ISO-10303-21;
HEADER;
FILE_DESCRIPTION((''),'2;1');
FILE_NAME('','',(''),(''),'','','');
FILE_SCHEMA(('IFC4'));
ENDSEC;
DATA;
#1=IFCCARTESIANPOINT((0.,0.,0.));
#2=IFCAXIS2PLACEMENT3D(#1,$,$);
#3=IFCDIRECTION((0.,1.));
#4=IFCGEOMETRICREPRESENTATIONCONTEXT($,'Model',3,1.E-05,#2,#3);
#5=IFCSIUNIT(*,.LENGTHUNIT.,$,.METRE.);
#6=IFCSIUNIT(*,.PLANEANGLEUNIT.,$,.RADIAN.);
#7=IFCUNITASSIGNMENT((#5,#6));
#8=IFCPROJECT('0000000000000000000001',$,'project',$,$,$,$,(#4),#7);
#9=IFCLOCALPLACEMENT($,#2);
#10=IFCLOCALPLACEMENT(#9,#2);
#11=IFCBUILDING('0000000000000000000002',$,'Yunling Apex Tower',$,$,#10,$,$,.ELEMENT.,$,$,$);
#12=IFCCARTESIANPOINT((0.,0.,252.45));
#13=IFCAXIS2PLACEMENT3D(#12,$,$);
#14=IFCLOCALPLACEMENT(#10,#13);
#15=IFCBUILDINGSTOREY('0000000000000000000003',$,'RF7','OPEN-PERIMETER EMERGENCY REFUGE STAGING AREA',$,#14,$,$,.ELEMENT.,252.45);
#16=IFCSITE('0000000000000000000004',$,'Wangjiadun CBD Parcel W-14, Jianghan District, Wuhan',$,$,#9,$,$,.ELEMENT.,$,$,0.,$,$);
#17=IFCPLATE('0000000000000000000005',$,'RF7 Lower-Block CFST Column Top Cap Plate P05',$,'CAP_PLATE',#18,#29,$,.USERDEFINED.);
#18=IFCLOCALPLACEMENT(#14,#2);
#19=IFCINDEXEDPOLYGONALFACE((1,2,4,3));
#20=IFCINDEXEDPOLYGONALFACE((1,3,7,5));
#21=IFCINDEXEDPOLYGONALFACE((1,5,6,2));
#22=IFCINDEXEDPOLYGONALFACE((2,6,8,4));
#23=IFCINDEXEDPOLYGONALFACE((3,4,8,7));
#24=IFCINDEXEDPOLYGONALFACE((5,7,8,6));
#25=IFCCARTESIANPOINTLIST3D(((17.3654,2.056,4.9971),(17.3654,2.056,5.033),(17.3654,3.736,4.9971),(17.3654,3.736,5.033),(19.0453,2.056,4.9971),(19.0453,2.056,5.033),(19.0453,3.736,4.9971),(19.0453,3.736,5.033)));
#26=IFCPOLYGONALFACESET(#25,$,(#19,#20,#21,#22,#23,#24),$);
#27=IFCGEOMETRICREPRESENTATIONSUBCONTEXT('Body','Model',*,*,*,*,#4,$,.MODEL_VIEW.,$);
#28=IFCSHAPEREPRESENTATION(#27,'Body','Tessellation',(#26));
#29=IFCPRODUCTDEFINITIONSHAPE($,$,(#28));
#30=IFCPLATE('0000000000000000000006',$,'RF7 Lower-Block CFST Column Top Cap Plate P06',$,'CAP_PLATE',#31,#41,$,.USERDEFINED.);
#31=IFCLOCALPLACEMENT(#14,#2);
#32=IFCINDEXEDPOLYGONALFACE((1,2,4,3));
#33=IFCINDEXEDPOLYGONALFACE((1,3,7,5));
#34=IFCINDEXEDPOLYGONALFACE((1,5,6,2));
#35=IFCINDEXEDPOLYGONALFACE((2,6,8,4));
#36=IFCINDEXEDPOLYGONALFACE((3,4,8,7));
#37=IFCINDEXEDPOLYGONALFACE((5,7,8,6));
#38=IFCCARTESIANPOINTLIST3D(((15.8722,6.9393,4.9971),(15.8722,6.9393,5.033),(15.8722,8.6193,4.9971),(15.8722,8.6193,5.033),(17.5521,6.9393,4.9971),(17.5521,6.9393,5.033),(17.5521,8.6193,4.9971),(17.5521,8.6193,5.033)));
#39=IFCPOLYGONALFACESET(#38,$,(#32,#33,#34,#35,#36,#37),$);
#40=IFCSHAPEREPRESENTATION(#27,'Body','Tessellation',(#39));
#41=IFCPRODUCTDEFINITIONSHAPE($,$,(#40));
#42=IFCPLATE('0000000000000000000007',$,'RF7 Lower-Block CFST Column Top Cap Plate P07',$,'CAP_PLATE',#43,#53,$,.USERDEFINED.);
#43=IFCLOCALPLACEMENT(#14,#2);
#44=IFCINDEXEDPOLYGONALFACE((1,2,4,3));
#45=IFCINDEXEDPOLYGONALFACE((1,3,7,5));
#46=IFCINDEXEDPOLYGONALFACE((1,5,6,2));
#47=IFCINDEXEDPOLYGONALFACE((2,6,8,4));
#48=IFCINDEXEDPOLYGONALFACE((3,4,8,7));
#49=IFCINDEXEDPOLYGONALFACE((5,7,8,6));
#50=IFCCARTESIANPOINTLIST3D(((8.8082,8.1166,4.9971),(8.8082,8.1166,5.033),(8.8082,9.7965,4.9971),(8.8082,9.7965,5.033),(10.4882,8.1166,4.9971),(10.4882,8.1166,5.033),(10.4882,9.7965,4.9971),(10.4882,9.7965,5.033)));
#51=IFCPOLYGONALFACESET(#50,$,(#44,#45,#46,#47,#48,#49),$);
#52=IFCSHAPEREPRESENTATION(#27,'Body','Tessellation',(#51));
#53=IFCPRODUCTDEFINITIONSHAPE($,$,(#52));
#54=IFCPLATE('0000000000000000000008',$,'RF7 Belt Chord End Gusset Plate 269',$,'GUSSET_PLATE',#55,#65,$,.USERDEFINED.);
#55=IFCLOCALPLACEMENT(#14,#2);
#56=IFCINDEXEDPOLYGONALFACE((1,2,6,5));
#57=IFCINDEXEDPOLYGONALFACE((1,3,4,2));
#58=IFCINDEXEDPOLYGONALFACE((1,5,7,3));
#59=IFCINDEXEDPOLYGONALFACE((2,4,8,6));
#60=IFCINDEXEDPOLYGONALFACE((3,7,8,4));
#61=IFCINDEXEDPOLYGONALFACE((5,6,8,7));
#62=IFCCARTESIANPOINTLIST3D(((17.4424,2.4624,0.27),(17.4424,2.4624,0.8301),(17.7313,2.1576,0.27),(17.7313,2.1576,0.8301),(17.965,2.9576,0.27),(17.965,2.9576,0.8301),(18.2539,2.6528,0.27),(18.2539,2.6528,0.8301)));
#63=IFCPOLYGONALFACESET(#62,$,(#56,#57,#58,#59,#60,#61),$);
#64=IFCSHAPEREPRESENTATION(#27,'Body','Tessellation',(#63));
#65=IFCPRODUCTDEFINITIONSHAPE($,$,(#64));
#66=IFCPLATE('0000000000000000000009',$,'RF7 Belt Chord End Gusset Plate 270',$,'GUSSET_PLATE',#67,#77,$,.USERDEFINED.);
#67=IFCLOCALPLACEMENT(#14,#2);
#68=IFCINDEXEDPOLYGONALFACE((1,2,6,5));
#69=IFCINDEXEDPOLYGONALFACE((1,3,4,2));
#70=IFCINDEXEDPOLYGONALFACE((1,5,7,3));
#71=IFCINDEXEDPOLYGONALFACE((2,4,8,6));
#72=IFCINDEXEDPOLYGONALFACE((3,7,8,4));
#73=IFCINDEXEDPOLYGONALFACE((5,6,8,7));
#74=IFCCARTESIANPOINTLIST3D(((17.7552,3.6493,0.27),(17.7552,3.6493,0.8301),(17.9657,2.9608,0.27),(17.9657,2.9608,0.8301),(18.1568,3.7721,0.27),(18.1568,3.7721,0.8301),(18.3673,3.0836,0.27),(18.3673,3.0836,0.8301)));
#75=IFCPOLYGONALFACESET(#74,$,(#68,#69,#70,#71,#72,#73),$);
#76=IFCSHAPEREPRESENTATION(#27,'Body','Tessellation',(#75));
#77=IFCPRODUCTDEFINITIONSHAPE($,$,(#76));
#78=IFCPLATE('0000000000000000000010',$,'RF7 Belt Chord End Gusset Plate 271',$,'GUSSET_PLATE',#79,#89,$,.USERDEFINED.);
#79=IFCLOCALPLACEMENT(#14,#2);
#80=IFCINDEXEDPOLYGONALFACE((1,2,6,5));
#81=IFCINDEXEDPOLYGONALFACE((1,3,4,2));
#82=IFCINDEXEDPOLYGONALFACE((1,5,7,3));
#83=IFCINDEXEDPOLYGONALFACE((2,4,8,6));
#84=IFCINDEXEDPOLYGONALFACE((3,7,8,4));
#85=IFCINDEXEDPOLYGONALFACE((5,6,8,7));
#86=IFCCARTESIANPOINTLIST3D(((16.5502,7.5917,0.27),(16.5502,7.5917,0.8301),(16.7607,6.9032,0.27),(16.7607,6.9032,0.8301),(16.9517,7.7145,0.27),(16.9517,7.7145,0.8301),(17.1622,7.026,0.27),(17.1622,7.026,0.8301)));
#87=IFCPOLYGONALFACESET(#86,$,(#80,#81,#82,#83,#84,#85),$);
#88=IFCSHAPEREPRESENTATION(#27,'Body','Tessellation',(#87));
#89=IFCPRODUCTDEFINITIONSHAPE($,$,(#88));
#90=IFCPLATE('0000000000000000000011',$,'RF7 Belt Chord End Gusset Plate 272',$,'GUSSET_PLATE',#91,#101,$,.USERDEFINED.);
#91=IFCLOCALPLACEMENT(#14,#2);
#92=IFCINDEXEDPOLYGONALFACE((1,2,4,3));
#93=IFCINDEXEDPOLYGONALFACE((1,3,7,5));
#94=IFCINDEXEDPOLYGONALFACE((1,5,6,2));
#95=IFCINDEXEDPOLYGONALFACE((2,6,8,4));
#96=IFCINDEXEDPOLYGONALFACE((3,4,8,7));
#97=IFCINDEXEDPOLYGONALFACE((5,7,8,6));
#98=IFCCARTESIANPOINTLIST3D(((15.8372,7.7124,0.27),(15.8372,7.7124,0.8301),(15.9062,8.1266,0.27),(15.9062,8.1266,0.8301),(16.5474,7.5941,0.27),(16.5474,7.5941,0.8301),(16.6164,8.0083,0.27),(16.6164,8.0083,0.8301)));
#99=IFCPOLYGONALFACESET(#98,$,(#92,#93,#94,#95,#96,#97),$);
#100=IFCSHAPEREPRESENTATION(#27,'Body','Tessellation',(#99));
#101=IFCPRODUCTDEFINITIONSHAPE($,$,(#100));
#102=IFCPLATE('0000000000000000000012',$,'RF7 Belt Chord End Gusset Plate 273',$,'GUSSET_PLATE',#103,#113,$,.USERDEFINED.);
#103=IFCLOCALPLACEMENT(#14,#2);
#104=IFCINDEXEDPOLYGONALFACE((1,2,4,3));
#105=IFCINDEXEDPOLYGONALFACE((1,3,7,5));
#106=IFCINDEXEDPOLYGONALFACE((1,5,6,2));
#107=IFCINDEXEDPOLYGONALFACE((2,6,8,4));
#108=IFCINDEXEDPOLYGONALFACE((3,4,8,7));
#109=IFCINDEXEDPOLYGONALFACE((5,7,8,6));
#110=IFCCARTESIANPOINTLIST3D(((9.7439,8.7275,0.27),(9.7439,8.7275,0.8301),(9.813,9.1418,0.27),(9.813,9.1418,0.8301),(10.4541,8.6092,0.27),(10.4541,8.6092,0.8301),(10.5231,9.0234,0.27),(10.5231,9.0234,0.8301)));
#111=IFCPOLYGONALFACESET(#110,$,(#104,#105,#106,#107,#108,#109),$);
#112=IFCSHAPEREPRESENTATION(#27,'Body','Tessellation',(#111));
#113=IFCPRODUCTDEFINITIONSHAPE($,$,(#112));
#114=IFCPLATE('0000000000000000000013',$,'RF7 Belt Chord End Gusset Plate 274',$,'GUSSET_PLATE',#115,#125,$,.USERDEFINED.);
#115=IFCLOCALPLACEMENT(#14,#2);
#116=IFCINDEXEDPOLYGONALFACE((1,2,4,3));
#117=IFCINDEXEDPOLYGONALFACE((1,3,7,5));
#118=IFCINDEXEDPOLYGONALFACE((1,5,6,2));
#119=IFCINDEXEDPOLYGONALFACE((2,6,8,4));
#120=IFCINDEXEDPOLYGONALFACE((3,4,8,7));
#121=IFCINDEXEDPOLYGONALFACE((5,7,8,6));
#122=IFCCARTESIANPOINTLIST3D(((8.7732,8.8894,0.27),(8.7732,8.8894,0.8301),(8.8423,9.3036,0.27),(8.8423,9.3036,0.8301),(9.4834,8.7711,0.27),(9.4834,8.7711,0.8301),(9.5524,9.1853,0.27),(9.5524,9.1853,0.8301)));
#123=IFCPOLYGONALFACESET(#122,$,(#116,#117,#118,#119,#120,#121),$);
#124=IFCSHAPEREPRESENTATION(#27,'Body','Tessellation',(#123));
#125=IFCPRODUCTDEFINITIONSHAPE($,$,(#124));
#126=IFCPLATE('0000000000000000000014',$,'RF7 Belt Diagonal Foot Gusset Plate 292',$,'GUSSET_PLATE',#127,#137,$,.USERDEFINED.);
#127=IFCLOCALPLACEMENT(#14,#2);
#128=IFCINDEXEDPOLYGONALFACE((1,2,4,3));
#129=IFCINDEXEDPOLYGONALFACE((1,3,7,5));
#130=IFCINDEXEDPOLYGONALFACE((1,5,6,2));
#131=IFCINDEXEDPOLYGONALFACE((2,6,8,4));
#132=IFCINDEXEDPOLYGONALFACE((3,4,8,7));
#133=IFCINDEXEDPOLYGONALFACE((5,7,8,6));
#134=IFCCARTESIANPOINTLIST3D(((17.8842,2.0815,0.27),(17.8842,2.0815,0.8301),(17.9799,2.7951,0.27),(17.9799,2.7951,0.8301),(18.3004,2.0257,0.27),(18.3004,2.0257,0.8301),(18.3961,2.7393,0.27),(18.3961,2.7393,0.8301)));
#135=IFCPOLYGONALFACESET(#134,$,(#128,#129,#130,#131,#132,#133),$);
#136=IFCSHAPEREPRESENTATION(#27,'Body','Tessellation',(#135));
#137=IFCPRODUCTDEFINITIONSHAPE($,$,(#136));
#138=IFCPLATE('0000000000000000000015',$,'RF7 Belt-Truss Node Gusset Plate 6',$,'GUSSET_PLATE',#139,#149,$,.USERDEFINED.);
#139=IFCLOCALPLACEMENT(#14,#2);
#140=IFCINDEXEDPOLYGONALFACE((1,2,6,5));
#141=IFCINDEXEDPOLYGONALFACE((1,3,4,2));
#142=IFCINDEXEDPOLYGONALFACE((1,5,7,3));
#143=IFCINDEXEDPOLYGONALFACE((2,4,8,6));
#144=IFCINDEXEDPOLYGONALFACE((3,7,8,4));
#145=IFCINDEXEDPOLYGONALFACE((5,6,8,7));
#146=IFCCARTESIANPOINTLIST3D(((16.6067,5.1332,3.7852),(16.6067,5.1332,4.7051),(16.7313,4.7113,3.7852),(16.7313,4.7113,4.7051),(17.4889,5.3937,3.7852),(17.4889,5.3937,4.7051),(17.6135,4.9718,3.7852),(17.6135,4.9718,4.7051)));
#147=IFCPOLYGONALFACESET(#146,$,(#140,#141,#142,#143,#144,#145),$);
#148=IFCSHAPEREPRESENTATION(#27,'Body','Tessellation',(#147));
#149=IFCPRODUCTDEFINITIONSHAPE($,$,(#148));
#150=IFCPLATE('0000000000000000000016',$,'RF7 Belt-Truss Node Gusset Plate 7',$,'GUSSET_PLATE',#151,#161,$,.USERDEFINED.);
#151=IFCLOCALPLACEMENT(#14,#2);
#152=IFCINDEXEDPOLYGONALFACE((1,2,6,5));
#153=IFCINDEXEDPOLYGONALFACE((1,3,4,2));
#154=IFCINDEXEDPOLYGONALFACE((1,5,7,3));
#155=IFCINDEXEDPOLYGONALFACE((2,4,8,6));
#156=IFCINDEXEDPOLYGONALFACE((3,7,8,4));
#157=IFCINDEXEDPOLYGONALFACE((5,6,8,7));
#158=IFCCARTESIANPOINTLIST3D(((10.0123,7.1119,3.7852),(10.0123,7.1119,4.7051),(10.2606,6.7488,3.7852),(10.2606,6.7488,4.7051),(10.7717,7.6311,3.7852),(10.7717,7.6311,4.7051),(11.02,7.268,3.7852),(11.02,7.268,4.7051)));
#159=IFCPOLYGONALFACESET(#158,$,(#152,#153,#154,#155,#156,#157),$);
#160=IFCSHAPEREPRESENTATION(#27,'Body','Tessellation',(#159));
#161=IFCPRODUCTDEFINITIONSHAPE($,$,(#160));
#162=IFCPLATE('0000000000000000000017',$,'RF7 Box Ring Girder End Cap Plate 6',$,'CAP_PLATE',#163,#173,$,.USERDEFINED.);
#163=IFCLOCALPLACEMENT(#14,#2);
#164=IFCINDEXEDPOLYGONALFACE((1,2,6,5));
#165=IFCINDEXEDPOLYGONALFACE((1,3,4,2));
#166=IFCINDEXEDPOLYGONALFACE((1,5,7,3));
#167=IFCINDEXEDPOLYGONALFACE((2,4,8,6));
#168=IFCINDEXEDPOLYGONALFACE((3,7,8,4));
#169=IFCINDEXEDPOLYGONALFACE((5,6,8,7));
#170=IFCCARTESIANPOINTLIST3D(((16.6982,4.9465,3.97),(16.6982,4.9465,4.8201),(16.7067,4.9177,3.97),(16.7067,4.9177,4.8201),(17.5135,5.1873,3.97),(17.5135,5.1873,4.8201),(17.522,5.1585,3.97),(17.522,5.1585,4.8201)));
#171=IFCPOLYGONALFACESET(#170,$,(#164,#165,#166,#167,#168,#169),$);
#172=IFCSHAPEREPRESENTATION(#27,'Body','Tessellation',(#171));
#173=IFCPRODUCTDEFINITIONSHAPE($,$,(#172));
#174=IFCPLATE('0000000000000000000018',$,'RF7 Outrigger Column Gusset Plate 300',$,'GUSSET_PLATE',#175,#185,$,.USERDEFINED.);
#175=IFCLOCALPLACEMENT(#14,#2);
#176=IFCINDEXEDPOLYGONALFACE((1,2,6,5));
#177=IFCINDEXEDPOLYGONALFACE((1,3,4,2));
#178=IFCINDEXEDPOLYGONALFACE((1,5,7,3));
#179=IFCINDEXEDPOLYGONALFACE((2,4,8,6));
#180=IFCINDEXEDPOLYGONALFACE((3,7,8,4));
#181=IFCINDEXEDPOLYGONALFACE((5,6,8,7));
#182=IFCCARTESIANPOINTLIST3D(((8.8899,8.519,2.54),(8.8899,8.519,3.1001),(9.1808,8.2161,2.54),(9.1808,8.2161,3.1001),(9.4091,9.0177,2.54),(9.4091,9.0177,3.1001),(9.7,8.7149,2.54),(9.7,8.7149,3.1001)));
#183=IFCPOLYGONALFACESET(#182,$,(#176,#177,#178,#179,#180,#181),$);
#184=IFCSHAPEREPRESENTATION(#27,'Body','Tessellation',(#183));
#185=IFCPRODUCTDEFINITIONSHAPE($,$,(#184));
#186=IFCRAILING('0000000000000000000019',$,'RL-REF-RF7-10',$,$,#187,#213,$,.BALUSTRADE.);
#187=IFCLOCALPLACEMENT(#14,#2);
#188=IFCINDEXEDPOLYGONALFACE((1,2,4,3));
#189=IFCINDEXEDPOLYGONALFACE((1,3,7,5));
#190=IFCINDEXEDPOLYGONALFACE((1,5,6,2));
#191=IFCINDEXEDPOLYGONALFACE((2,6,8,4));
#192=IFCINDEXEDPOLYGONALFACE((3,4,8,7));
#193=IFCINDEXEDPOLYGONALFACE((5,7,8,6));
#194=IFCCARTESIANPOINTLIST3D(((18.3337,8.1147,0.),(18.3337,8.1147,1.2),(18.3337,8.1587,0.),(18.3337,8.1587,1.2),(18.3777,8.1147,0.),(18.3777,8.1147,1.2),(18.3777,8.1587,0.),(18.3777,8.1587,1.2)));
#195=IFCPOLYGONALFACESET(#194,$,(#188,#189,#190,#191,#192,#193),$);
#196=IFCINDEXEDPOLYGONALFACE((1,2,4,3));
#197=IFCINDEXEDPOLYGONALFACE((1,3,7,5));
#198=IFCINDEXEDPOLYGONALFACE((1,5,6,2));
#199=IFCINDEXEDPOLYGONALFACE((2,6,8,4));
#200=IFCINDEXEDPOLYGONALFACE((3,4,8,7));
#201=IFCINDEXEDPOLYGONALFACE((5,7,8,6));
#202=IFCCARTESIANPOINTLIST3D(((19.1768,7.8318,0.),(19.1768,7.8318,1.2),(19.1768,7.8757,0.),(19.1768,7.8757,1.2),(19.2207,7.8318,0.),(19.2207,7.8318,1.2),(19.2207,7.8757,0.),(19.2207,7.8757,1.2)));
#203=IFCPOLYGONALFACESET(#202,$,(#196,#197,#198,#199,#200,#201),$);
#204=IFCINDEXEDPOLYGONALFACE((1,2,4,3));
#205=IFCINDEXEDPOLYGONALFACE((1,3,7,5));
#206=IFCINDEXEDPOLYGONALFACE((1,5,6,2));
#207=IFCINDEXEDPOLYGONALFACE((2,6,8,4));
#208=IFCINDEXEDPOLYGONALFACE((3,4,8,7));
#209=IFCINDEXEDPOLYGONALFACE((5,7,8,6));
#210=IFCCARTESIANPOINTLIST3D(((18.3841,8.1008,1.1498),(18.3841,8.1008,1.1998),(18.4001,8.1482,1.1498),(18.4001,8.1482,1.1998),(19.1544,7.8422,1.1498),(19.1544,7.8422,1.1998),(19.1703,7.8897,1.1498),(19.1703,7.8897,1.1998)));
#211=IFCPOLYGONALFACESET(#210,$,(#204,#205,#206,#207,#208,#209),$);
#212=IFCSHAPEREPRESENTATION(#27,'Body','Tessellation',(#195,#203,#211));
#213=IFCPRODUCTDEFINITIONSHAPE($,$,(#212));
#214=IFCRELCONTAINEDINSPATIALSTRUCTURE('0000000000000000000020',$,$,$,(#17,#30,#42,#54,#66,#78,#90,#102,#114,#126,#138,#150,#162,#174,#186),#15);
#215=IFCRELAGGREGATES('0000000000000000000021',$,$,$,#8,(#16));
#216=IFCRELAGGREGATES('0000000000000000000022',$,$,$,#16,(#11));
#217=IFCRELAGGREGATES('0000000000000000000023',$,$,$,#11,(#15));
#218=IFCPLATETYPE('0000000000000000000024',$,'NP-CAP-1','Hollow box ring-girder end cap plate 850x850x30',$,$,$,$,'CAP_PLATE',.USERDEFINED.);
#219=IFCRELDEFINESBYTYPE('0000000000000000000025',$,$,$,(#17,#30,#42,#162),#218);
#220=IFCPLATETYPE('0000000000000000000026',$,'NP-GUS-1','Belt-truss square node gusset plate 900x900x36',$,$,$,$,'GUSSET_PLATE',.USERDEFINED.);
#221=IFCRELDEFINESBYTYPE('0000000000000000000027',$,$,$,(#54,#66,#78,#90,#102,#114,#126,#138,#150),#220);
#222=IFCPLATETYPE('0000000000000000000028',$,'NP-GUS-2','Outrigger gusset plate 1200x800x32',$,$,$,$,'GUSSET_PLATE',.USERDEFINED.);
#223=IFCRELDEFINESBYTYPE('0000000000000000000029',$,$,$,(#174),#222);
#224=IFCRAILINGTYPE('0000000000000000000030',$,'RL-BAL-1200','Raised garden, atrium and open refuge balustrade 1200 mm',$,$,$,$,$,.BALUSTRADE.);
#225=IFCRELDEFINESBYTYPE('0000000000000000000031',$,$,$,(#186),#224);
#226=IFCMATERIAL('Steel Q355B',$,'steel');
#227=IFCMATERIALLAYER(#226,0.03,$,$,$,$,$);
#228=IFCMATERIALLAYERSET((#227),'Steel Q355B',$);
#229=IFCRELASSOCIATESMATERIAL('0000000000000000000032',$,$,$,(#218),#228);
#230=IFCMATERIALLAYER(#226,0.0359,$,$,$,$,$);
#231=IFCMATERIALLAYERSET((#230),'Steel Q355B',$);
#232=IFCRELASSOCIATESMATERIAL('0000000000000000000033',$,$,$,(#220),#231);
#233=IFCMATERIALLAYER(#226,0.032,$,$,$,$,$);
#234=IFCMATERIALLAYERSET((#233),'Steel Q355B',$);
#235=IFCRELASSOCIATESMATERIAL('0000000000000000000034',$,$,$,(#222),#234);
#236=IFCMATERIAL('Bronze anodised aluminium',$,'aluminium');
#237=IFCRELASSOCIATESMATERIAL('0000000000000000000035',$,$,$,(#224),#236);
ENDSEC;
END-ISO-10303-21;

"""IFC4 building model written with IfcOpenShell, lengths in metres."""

from ifc_helpers import new_model, si_unit, direction, frame, origin, origin_2d, place, context, subcontext, project, spatial, rectangle, extrude, source, transform, mapped, material, layer, layer_set, type_object, element, save


model = new_model("IFC4")

# Units and contexts
model_context = context("Model", 3, precision=1e-05, world=origin(), true_north=direction((0.0, 1.0)))
body_context = subcontext(model_context, "Body", "Model", "MODEL_VIEW")
ifc_project = project(units=[si_unit("LENGTHUNIT", "METRE"), si_unit("PLANEANGLEUNIT", "RADIAN")], contexts=[model_context])

# Site, building, storey
site_placement = place(None, origin())
site = spatial("IfcSite", under=ifc_project, at=site_placement, Name="Wangjiadun CBD Parcel W-14, Jianghan District, Wuhan", CompositionType="ELEMENT", RefElevation=0.0)
building_placement = place(site_placement, origin())
building = spatial("IfcBuilding", under=site, at=building_placement, Name="Yunling Apex Tower", CompositionType="ELEMENT")
storey_placement = place(building_placement, frame((0.0, 0.0, 252.45)))
storey = spatial("IfcBuildingStorey", under=building, at=storey_placement, Name="RF7", Description="OPEN-PERIMETER EMERGENCY REFUGE STAGING AREA", CompositionType="ELEMENT", Elevation=252.45)

# Shared definitions
ifc_material_1 = material(Name="Steel Q355B", Category="steel")

# Plates
ifc_layer_1 = layer(ifc_material_1, 0.03)
ifc_layer_set_1 = layer_set([ifc_layer_1], Name="Steel Q355B")
plate_type_1 = type_object("IfcPlateType", Name="NP-CAP-1", Description="Hollow box ring-girder end cap plate 850x850x30", ElementType="CAP_PLATE", PredefinedType="USERDEFINED", material=ifc_layer_set_1)
shared_shape_1 = source(origin(), body_context, "Body", "SweptSolid", [
    extrude(rectangle(XDim=1.6799, YDim=1.6799, at=origin_2d()), origin(), (0.0, 0.0, 1.0), 0.0359),
])
for number, where, z_axis, x_axis, name in (
    (1, (18.2053, 2.896, 4.9971), (0.0, 0.0, 1.0), (1.0, 0.0, 0.0), "RF7 Lower-Block CFST Column Top Cap Plate P05"),
    (2, (16.7122, 7.7793, 4.9971), (0.0, 0.0, 1.0), (1.0, 0.0, 0.0), "RF7 Lower-Block CFST Column Top Cap Plate P06"),
    (3, (9.6482, 8.9565, 4.9971), (0.0, 0.0, 1.0), (1.0, 0.0, 0.0), "RF7 Lower-Block CFST Column Top Cap Plate P07"),
):
    element("IfcPlate", number, at=place(storey_placement, frame(where, z_axis=z_axis, x_axis=x_axis)), inside=storey, type_object=plate_type_1, Name=name, ObjectType="CAP_PLATE", PredefinedType="USERDEFINED", context=body_context, shape_type="MappedRepresentation", body=[
        mapped(shared_shape_1, transform((0.0, 0.0, 0.0), scale=1.0)),
    ])
ifc_layer_2 = layer(ifc_material_1, 0.0359)
ifc_layer_set_2 = layer_set([ifc_layer_2], Name="Steel Q355B")
plate_type_2 = type_object("IfcPlateType", Name="NP-GUS-1", Description="Belt-truss square node gusset plate 900x900x36", ElementType="GUSSET_PLATE", PredefinedType="USERDEFINED", material=ifc_layer_set_2)
shared_shape_2 = source(origin(), body_context, "Body", "SweptSolid", [
    extrude(rectangle(XDim=0.72, YDim=0.4199, at=origin_2d()), origin(), (0.0, 0.0, 1.0), 0.5601),
])
for number, where, z_axis, x_axis, name in (
    (4, (17.8481, 2.5576, 0.27), (0.0, 0.0, 1.0), (0.725855, 0.687848, 0.0), "RF7 Belt Chord End Gusset Plate 269"),
    (5, (18.0613, 3.3665, 0.27), (0.0, 0.0, 1.0), (-0.292372, 0.956305, 0.0), "RF7 Belt Chord End Gusset Plate 270"),
    (6, (16.8562, 7.3088, 0.27), (0.0, 0.0, 1.0), (-0.292372, 0.956305, 0.0), "RF7 Belt Chord End Gusset Plate 271"),
    (7, (16.2268, 7.8604, 0.27), (0.0, 0.0, 1.0), (-0.986401, 0.164359, 0.0), "RF7 Belt Chord End Gusset Plate 272"),
    (8, (10.1335, 8.8755, 0.27), (0.0, 0.0, 1.0), (-0.986401, 0.164359, 0.0), "RF7 Belt Chord End Gusset Plate 273"),
    (9, (9.1628, 9.0374, 0.27), (0.0, 0.0, 1.0), (-0.986401, 0.164359, 0.0), "RF7 Belt Chord End Gusset Plate 274"),
    (10, (18.1401, 2.4104, 0.27), (0.0, 0.0, 1.0), (-0.132948, -0.991123, 0.0), "RF7 Belt Diagonal Foot Gusset Plate 292"),
):
    element("IfcPlate", number, at=place(storey_placement, frame(where, z_axis=z_axis, x_axis=x_axis)), inside=storey, type_object=plate_type_2, Name=name, ObjectType="GUSSET_PLATE", PredefinedType="USERDEFINED", context=body_context, shape_type="MappedRepresentation", body=[
        mapped(shared_shape_2, transform((0.0, 0.0, 0.0), scale=1.0)),
    ])
shared_shape_3 = source(origin(), body_context, "Body", "SweptSolid", [
    extrude(rectangle(XDim=0.9199, YDim=0.4399, at=origin_2d()), origin(), (0.0, 0.0, 1.0), 0.9199),
])
for number, where, z_axis, x_axis, name in (
    (11, (17.1101, 5.0525, 3.7852), (0.0, 0.0, 1.0), (0.959067, 0.283179, 0.0), "RF7 Belt-Truss Node Gusset Plate 6"),
    (12, (10.5161, 7.1899, 3.7852), (0.0, 0.0, 1.0), (0.825508, 0.564391, 0.0), "RF7 Belt-Truss Node Gusset Plate 7"),
):
    element("IfcPlate", number, at=place(storey_placement, frame(where, z_axis=z_axis, x_axis=x_axis)), inside=storey, type_object=plate_type_2, Name=name, ObjectType="GUSSET_PLATE", PredefinedType="USERDEFINED", context=body_context, shape_type="MappedRepresentation", body=[
        mapped(shared_shape_3, transform((0.0, 0.0, 0.0), scale=1.0)),
    ])
shared_shape_4 = source(origin(), body_context, "Body", "SweptSolid", [
    extrude(rectangle(XDim=0.8501, YDim=0.03, at=origin_2d()), origin(), (0.0, 0.0, 1.0), 0.8501),
])
plate_1_placement = place(storey_placement, frame((17.1101, 5.0525, 3.97), z_axis=(0.0, 0.0, 1.0), x_axis=(0.959067, 0.283179, 0.0)))
element("IfcPlate", 13, at=plate_1_placement, inside=storey, type_object=plate_type_1, Name="RF7 Box Ring Girder End Cap Plate 6", ObjectType="CAP_PLATE", PredefinedType="USERDEFINED", context=body_context, shape_type="MappedRepresentation", body=[
    mapped(shared_shape_4, transform((0.0, 0.0, 0.0), scale=1.0)),
])
ifc_layer_3 = layer(ifc_material_1, 0.032)
ifc_layer_set_3 = layer_set([ifc_layer_3], Name="Steel Q355B")
plate_type_3 = type_object("IfcPlateType", Name="NP-GUS-2", Description="Outrigger gusset plate 1200x800x32", ElementType="GUSSET_PLATE", PredefinedType="USERDEFINED", material=ifc_layer_set_3)
shared_shape_5 = source(origin(), body_context, "Body", "SweptSolid", [
    extrude(rectangle(XDim=0.72, YDim=0.4199, at=origin_2d()), origin(), (0.0, 0.0, 1.0), 0.5601),
])
plate_2_placement = place(storey_placement, frame((9.2949, 8.6169, 2.54), z_axis=(0.0, 0.0, 1.0), x_axis=(0.721156, 0.692773, 0.0)))
element("IfcPlate", 14, at=plate_2_placement, inside=storey, type_object=plate_type_3, Name="RF7 Outrigger Column Gusset Plate 300", ObjectType="GUSSET_PLATE", PredefinedType="USERDEFINED", context=body_context, shape_type="MappedRepresentation", body=[
    mapped(shared_shape_5, transform((0.0, 0.0, 0.0), scale=1.0)),
])

# Railing
ifc_material_2 = material(Name="Bronze anodised aluminium", Category="aluminium")
railing_type = type_object("IfcRailingType", Name="RL-BAL-1200", Description="Raised garden, atrium and open refuge balustrade 1200 mm", PredefinedType="BALUSTRADE", material=ifc_material_2)
railing_1_placement = place(storey_placement, frame((18.3557, 8.1367, 0.0)))
element("IfcRailing", 15, at=railing_1_placement, inside=storey, type_object=railing_type, Name="RL-REF-RF7-10", PredefinedType="BALUSTRADE", context=body_context, shape_type="SweptSolid", body=[
    extrude(rectangle(XDim=0.0439, YDim=0.0439, at=origin_2d()), origin(), (0.0, 0.0, 1.0), 1.2),
    extrude(rectangle(XDim=0.0439, YDim=0.0439, at=origin_2d()), frame((0.843, -0.283, 0.0)), (0.0, 0.0, 1.0), 1.2),
    extrude(rectangle(XDim=0.05, YDim=0.05, at=origin_2d()), frame((0.0364, -0.0122, 1.1748), z_axis=(0.948022, -0.318204, 0.0), x_axis=(0.318204, 0.948022, 0.0)), (0.0, 0.0, 1.0), 0.8125),
])

save(model, "model.ifc")
